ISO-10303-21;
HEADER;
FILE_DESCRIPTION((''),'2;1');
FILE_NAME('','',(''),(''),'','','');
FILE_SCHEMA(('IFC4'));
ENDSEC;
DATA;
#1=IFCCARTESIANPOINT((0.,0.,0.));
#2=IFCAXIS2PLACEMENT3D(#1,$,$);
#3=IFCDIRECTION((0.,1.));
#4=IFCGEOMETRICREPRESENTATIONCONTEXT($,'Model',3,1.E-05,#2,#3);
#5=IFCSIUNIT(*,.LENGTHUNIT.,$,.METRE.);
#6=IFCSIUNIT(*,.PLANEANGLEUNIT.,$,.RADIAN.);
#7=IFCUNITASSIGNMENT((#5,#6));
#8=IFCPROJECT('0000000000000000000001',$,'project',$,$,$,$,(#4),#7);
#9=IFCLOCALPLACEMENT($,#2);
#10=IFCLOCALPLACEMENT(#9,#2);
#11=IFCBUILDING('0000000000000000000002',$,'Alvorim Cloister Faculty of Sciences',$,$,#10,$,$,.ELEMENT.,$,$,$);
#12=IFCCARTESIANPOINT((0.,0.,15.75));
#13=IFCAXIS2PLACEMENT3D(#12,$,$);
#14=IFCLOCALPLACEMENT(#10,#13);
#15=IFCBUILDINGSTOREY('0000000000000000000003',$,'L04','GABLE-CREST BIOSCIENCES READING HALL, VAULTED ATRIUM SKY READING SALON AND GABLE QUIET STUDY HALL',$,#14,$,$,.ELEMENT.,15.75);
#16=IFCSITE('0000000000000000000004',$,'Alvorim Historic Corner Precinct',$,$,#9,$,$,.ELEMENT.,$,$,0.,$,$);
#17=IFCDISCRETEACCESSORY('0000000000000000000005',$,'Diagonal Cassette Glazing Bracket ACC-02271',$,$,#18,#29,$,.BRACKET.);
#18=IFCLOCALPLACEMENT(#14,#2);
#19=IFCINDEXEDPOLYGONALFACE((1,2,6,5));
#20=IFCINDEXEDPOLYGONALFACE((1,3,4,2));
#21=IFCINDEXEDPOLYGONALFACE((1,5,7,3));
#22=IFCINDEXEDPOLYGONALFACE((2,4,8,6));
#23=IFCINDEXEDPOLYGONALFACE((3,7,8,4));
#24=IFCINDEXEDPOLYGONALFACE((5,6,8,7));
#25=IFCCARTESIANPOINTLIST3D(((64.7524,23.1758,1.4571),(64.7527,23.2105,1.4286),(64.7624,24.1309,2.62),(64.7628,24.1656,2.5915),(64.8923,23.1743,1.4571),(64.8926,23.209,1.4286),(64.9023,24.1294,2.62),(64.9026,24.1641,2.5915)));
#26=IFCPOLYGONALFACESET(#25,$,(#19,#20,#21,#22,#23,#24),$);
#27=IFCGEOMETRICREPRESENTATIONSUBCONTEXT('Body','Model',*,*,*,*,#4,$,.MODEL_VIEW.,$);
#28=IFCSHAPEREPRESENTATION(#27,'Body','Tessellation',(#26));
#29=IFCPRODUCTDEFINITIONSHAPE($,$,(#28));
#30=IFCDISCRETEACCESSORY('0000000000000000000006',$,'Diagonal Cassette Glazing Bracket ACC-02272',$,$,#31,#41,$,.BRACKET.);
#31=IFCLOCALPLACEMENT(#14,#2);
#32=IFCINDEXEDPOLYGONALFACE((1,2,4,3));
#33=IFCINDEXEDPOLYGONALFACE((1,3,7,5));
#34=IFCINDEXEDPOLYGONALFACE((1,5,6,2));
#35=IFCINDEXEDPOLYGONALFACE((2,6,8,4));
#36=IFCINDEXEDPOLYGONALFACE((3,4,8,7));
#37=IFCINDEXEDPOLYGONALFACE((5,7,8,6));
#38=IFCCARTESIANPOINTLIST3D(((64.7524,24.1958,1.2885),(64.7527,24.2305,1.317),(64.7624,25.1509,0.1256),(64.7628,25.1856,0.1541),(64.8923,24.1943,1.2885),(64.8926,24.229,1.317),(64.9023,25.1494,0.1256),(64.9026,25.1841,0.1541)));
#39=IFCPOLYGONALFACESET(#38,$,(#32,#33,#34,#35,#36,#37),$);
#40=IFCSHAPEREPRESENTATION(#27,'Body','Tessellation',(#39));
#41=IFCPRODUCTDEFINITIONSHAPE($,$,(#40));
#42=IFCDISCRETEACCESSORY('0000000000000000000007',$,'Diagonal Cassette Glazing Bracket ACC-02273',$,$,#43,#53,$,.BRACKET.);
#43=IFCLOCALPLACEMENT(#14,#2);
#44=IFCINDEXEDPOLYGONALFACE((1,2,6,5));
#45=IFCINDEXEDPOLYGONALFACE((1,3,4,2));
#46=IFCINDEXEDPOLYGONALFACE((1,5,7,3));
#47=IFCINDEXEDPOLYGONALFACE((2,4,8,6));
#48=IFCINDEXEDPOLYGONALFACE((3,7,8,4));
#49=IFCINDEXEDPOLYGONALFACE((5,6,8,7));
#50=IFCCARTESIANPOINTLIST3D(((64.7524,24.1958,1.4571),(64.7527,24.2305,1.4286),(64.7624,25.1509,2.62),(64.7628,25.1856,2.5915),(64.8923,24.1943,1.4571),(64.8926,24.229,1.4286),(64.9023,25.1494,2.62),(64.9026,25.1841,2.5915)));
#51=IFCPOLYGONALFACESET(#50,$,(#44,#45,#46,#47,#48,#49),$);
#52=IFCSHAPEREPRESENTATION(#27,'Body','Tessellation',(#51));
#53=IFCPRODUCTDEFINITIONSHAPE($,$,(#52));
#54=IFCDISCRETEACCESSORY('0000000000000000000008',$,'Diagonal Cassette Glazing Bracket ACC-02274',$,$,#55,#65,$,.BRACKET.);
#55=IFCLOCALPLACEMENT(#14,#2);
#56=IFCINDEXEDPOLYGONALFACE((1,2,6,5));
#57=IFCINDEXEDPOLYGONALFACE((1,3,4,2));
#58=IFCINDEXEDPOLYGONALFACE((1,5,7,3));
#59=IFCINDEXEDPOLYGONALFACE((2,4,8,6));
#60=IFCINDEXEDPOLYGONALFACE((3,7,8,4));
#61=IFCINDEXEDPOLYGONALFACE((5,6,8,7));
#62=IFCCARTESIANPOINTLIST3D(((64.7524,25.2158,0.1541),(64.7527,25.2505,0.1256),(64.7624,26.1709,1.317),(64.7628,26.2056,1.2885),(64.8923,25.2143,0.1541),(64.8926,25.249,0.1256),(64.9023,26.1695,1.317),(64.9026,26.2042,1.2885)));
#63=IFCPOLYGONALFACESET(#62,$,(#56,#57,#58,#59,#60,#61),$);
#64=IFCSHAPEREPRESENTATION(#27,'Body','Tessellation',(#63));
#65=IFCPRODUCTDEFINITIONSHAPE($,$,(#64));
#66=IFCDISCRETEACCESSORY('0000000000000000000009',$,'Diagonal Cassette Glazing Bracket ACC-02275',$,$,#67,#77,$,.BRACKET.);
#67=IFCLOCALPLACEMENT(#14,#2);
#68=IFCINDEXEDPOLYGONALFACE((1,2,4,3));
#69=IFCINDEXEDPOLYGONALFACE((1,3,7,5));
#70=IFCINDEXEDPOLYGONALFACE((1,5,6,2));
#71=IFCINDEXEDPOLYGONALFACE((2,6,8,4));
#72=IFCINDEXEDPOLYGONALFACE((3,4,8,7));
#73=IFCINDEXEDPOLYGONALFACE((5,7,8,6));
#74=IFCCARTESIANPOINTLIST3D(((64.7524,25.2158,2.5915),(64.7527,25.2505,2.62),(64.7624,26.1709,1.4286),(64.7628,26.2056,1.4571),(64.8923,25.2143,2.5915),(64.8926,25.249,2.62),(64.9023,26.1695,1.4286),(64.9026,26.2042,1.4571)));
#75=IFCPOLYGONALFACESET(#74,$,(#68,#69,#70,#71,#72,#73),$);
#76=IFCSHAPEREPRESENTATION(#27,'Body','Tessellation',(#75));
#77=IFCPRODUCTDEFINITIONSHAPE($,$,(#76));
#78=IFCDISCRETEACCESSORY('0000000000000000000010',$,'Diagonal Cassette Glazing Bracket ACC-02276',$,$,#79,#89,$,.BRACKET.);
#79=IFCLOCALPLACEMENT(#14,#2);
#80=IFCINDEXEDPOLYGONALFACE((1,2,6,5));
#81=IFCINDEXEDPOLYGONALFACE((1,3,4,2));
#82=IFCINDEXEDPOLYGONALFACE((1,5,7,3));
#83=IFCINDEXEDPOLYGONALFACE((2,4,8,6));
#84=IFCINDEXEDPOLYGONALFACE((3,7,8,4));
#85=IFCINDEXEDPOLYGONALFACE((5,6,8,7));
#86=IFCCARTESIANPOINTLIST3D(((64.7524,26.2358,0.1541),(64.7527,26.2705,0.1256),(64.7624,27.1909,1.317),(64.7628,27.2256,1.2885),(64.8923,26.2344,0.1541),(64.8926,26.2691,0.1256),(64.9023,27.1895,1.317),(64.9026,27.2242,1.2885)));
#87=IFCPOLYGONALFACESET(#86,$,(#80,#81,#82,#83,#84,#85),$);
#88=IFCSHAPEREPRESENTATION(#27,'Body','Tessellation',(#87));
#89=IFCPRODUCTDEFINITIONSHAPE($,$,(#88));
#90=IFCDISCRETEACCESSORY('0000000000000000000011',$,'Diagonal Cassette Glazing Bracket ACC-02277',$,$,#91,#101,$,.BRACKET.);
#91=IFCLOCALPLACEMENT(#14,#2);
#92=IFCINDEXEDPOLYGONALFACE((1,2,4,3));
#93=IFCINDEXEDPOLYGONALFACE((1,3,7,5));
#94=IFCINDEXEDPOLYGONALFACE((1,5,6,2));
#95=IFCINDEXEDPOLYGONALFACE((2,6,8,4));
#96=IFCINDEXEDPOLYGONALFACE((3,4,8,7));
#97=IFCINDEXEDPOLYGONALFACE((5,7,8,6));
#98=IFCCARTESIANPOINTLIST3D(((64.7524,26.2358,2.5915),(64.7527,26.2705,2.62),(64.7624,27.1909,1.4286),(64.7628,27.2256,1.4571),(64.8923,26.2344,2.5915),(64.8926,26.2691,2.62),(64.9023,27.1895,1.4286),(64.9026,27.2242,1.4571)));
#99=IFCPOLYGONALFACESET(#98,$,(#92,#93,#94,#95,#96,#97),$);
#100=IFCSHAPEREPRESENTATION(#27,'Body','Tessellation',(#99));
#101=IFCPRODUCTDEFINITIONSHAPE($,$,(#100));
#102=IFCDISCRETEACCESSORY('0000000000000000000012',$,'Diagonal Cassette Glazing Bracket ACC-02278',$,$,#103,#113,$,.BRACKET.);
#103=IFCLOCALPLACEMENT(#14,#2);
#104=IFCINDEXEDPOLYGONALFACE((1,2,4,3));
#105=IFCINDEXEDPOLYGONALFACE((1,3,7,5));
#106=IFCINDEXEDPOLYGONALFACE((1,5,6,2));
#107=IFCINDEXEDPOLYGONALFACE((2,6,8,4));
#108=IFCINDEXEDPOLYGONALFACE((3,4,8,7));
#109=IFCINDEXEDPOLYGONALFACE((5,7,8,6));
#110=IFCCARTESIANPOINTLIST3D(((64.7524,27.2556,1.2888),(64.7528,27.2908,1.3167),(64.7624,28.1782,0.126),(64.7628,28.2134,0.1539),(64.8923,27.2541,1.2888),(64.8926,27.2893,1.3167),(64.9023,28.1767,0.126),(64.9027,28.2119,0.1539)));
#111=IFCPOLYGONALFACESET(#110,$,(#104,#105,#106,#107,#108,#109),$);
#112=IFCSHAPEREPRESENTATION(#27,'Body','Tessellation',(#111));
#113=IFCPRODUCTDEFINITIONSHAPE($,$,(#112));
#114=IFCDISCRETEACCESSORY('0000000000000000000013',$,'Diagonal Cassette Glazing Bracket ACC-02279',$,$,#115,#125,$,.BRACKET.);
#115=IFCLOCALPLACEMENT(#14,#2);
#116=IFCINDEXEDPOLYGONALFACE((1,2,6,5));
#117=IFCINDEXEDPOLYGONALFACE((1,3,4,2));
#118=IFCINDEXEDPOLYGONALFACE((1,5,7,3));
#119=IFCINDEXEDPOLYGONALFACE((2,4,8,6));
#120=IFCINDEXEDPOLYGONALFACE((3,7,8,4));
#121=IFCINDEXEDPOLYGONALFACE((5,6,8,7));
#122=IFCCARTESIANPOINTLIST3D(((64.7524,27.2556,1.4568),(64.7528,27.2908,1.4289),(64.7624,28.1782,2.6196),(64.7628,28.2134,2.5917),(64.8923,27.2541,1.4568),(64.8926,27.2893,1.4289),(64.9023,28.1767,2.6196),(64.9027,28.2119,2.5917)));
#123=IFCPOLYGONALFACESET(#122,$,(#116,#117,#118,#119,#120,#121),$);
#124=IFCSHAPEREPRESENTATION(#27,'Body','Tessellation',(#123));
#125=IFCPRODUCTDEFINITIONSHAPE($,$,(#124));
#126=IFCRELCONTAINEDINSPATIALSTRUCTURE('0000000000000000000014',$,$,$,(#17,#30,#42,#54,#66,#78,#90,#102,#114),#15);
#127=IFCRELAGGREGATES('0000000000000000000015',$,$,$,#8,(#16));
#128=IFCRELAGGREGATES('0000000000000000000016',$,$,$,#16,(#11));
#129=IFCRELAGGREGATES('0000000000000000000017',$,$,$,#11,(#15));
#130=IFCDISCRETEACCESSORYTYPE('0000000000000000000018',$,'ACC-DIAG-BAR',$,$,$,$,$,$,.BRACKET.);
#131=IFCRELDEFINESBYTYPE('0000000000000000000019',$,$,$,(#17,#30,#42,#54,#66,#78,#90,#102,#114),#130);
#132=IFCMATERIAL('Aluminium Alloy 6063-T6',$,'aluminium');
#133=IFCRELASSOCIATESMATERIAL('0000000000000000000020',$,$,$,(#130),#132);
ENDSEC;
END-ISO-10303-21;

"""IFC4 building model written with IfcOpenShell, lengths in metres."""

from ifc_helpers import new_model, si_unit, direction, frame, origin, origin_2d, place, context, subcontext, project, spatial, rectangle, extrude, material, type_object, element, save


model = new_model("IFC4")

# Units and contexts
model_context = context("Model", 3, precision=1e-05, world=origin(), true_north=direction((0.0, 1.0)))
body_context = subcontext(model_context, "Body", "Model", "MODEL_VIEW")
ifc_project = project(units=[si_unit("LENGTHUNIT", "METRE"), si_unit("PLANEANGLEUNIT", "RADIAN")], contexts=[model_context])

# Site, building, storey
site_placement = place(None, origin())
site = spatial("IfcSite", under=ifc_project, at=site_placement, Name="Alvorim Historic Corner Precinct", CompositionType="ELEMENT", RefElevation=0.0)
building_placement = place(site_placement, origin())
building = spatial("IfcBuilding", under=site, at=building_placement, Name="Alvorim Cloister Faculty of Sciences", CompositionType="ELEMENT")
storey_placement = place(building_placement, frame((0.0, 0.0, 15.75)))
storey = spatial("IfcBuildingStorey", under=building, at=storey_placement, Name="L04", Description="GABLE-CREST BIOSCIENCES READING HALL, VAULTED ATRIUM SKY READING SALON AND GABLE QUIET STUDY HALL", CompositionType="ELEMENT", Elevation=15.75)

# Shared definitions
ifc_material_1 = material(Name="Aluminium Alloy 6063-T6", Category="aluminium")

# Discrete accessories
discrete_accessory_type = type_object("IfcDiscreteAccessoryType", Name="ACC-DIAG-BAR", PredefinedType="BRACKET", material=ifc_material_1)
for number, where, z_axis, x_axis, name in (
    (1, (64.8225, 23.1924, 1.4429), (0.006652, 0.63468, 0.772746), (-0.999945, 0.01048, 0.0), "Diagonal Cassette Glazing Bracket ACC-02271"),
    (2, (64.8225, 24.2124, 1.3027), (0.006652, 0.63468, -0.772746), (-0.999945, 0.01048, 0.0), "Diagonal Cassette Glazing Bracket ACC-02272"),
    (3, (64.8225, 24.2124, 1.4429), (0.006652, 0.63468, 0.772746), (-0.999945, 0.01048, 0.0), "Diagonal Cassette Glazing Bracket ACC-02273"),
    (4, (64.8225, 25.2324, 0.1399), (0.006652, 0.63468, 0.772746), (-0.999945, 0.01048, 0.0), "Diagonal Cassette Glazing Bracket ACC-02274"),
    (5, (64.8225, 25.2324, 2.6057), (0.006652, 0.63468, -0.772746), (-0.999945, 0.01048, 0.0), "Diagonal Cassette Glazing Bracket ACC-02275"),
    (6, (64.8225, 26.2524, 0.1399), (0.006652, 0.63468, 0.772746), (-0.999945, 0.01048, 0.0), "Diagonal Cassette Glazing Bracket ACC-02276"),
    (7, (64.8225, 26.2524, 2.6057), (0.006652, 0.63468, -0.772746), (-0.999945, 0.01048, 0.0), "Diagonal Cassette Glazing Bracket ACC-02277"),
):
    element("IfcDiscreteAccessory", number, at=place(storey_placement, frame(where, z_axis=z_axis, x_axis=x_axis)), inside=storey, type_object=discrete_accessory_type, Name=name, PredefinedType="BRACKET", context=body_context, shape_type="SweptSolid", body=[
        extrude(rectangle(XDim=0.1399, YDim=0.0449, at=origin_2d()), origin(), (0.0, 0.0, 1.0), 1.5049),
    ])
for number, where, z_axis, x_axis, name in (
    (8, (64.8225, 27.2725, 1.3027), (0.006743, 0.621527, -0.783364), (-0.999941, 0.010849, 0.0), "Diagonal Cassette Glazing Bracket ACC-02278"),
    (9, (64.8225, 27.2725, 1.4429), (0.006743, 0.621527, 0.783364), (-0.999941, 0.010849, 0.0), "Diagonal Cassette Glazing Bracket ACC-02279"),
):
    element("IfcDiscreteAccessory", number, at=place(storey_placement, frame(where, z_axis=z_axis, x_axis=x_axis)), inside=storey, type_object=discrete_accessory_type, Name=name, PredefinedType="BRACKET", context=body_context, shape_type="SweptSolid", body=[
        extrude(rectangle(XDim=0.1399, YDim=0.0449, at=origin_2d()), origin(), (0.0, 0.0, 1.0), 1.4844),
    ])

save(model, "model.ifc")
